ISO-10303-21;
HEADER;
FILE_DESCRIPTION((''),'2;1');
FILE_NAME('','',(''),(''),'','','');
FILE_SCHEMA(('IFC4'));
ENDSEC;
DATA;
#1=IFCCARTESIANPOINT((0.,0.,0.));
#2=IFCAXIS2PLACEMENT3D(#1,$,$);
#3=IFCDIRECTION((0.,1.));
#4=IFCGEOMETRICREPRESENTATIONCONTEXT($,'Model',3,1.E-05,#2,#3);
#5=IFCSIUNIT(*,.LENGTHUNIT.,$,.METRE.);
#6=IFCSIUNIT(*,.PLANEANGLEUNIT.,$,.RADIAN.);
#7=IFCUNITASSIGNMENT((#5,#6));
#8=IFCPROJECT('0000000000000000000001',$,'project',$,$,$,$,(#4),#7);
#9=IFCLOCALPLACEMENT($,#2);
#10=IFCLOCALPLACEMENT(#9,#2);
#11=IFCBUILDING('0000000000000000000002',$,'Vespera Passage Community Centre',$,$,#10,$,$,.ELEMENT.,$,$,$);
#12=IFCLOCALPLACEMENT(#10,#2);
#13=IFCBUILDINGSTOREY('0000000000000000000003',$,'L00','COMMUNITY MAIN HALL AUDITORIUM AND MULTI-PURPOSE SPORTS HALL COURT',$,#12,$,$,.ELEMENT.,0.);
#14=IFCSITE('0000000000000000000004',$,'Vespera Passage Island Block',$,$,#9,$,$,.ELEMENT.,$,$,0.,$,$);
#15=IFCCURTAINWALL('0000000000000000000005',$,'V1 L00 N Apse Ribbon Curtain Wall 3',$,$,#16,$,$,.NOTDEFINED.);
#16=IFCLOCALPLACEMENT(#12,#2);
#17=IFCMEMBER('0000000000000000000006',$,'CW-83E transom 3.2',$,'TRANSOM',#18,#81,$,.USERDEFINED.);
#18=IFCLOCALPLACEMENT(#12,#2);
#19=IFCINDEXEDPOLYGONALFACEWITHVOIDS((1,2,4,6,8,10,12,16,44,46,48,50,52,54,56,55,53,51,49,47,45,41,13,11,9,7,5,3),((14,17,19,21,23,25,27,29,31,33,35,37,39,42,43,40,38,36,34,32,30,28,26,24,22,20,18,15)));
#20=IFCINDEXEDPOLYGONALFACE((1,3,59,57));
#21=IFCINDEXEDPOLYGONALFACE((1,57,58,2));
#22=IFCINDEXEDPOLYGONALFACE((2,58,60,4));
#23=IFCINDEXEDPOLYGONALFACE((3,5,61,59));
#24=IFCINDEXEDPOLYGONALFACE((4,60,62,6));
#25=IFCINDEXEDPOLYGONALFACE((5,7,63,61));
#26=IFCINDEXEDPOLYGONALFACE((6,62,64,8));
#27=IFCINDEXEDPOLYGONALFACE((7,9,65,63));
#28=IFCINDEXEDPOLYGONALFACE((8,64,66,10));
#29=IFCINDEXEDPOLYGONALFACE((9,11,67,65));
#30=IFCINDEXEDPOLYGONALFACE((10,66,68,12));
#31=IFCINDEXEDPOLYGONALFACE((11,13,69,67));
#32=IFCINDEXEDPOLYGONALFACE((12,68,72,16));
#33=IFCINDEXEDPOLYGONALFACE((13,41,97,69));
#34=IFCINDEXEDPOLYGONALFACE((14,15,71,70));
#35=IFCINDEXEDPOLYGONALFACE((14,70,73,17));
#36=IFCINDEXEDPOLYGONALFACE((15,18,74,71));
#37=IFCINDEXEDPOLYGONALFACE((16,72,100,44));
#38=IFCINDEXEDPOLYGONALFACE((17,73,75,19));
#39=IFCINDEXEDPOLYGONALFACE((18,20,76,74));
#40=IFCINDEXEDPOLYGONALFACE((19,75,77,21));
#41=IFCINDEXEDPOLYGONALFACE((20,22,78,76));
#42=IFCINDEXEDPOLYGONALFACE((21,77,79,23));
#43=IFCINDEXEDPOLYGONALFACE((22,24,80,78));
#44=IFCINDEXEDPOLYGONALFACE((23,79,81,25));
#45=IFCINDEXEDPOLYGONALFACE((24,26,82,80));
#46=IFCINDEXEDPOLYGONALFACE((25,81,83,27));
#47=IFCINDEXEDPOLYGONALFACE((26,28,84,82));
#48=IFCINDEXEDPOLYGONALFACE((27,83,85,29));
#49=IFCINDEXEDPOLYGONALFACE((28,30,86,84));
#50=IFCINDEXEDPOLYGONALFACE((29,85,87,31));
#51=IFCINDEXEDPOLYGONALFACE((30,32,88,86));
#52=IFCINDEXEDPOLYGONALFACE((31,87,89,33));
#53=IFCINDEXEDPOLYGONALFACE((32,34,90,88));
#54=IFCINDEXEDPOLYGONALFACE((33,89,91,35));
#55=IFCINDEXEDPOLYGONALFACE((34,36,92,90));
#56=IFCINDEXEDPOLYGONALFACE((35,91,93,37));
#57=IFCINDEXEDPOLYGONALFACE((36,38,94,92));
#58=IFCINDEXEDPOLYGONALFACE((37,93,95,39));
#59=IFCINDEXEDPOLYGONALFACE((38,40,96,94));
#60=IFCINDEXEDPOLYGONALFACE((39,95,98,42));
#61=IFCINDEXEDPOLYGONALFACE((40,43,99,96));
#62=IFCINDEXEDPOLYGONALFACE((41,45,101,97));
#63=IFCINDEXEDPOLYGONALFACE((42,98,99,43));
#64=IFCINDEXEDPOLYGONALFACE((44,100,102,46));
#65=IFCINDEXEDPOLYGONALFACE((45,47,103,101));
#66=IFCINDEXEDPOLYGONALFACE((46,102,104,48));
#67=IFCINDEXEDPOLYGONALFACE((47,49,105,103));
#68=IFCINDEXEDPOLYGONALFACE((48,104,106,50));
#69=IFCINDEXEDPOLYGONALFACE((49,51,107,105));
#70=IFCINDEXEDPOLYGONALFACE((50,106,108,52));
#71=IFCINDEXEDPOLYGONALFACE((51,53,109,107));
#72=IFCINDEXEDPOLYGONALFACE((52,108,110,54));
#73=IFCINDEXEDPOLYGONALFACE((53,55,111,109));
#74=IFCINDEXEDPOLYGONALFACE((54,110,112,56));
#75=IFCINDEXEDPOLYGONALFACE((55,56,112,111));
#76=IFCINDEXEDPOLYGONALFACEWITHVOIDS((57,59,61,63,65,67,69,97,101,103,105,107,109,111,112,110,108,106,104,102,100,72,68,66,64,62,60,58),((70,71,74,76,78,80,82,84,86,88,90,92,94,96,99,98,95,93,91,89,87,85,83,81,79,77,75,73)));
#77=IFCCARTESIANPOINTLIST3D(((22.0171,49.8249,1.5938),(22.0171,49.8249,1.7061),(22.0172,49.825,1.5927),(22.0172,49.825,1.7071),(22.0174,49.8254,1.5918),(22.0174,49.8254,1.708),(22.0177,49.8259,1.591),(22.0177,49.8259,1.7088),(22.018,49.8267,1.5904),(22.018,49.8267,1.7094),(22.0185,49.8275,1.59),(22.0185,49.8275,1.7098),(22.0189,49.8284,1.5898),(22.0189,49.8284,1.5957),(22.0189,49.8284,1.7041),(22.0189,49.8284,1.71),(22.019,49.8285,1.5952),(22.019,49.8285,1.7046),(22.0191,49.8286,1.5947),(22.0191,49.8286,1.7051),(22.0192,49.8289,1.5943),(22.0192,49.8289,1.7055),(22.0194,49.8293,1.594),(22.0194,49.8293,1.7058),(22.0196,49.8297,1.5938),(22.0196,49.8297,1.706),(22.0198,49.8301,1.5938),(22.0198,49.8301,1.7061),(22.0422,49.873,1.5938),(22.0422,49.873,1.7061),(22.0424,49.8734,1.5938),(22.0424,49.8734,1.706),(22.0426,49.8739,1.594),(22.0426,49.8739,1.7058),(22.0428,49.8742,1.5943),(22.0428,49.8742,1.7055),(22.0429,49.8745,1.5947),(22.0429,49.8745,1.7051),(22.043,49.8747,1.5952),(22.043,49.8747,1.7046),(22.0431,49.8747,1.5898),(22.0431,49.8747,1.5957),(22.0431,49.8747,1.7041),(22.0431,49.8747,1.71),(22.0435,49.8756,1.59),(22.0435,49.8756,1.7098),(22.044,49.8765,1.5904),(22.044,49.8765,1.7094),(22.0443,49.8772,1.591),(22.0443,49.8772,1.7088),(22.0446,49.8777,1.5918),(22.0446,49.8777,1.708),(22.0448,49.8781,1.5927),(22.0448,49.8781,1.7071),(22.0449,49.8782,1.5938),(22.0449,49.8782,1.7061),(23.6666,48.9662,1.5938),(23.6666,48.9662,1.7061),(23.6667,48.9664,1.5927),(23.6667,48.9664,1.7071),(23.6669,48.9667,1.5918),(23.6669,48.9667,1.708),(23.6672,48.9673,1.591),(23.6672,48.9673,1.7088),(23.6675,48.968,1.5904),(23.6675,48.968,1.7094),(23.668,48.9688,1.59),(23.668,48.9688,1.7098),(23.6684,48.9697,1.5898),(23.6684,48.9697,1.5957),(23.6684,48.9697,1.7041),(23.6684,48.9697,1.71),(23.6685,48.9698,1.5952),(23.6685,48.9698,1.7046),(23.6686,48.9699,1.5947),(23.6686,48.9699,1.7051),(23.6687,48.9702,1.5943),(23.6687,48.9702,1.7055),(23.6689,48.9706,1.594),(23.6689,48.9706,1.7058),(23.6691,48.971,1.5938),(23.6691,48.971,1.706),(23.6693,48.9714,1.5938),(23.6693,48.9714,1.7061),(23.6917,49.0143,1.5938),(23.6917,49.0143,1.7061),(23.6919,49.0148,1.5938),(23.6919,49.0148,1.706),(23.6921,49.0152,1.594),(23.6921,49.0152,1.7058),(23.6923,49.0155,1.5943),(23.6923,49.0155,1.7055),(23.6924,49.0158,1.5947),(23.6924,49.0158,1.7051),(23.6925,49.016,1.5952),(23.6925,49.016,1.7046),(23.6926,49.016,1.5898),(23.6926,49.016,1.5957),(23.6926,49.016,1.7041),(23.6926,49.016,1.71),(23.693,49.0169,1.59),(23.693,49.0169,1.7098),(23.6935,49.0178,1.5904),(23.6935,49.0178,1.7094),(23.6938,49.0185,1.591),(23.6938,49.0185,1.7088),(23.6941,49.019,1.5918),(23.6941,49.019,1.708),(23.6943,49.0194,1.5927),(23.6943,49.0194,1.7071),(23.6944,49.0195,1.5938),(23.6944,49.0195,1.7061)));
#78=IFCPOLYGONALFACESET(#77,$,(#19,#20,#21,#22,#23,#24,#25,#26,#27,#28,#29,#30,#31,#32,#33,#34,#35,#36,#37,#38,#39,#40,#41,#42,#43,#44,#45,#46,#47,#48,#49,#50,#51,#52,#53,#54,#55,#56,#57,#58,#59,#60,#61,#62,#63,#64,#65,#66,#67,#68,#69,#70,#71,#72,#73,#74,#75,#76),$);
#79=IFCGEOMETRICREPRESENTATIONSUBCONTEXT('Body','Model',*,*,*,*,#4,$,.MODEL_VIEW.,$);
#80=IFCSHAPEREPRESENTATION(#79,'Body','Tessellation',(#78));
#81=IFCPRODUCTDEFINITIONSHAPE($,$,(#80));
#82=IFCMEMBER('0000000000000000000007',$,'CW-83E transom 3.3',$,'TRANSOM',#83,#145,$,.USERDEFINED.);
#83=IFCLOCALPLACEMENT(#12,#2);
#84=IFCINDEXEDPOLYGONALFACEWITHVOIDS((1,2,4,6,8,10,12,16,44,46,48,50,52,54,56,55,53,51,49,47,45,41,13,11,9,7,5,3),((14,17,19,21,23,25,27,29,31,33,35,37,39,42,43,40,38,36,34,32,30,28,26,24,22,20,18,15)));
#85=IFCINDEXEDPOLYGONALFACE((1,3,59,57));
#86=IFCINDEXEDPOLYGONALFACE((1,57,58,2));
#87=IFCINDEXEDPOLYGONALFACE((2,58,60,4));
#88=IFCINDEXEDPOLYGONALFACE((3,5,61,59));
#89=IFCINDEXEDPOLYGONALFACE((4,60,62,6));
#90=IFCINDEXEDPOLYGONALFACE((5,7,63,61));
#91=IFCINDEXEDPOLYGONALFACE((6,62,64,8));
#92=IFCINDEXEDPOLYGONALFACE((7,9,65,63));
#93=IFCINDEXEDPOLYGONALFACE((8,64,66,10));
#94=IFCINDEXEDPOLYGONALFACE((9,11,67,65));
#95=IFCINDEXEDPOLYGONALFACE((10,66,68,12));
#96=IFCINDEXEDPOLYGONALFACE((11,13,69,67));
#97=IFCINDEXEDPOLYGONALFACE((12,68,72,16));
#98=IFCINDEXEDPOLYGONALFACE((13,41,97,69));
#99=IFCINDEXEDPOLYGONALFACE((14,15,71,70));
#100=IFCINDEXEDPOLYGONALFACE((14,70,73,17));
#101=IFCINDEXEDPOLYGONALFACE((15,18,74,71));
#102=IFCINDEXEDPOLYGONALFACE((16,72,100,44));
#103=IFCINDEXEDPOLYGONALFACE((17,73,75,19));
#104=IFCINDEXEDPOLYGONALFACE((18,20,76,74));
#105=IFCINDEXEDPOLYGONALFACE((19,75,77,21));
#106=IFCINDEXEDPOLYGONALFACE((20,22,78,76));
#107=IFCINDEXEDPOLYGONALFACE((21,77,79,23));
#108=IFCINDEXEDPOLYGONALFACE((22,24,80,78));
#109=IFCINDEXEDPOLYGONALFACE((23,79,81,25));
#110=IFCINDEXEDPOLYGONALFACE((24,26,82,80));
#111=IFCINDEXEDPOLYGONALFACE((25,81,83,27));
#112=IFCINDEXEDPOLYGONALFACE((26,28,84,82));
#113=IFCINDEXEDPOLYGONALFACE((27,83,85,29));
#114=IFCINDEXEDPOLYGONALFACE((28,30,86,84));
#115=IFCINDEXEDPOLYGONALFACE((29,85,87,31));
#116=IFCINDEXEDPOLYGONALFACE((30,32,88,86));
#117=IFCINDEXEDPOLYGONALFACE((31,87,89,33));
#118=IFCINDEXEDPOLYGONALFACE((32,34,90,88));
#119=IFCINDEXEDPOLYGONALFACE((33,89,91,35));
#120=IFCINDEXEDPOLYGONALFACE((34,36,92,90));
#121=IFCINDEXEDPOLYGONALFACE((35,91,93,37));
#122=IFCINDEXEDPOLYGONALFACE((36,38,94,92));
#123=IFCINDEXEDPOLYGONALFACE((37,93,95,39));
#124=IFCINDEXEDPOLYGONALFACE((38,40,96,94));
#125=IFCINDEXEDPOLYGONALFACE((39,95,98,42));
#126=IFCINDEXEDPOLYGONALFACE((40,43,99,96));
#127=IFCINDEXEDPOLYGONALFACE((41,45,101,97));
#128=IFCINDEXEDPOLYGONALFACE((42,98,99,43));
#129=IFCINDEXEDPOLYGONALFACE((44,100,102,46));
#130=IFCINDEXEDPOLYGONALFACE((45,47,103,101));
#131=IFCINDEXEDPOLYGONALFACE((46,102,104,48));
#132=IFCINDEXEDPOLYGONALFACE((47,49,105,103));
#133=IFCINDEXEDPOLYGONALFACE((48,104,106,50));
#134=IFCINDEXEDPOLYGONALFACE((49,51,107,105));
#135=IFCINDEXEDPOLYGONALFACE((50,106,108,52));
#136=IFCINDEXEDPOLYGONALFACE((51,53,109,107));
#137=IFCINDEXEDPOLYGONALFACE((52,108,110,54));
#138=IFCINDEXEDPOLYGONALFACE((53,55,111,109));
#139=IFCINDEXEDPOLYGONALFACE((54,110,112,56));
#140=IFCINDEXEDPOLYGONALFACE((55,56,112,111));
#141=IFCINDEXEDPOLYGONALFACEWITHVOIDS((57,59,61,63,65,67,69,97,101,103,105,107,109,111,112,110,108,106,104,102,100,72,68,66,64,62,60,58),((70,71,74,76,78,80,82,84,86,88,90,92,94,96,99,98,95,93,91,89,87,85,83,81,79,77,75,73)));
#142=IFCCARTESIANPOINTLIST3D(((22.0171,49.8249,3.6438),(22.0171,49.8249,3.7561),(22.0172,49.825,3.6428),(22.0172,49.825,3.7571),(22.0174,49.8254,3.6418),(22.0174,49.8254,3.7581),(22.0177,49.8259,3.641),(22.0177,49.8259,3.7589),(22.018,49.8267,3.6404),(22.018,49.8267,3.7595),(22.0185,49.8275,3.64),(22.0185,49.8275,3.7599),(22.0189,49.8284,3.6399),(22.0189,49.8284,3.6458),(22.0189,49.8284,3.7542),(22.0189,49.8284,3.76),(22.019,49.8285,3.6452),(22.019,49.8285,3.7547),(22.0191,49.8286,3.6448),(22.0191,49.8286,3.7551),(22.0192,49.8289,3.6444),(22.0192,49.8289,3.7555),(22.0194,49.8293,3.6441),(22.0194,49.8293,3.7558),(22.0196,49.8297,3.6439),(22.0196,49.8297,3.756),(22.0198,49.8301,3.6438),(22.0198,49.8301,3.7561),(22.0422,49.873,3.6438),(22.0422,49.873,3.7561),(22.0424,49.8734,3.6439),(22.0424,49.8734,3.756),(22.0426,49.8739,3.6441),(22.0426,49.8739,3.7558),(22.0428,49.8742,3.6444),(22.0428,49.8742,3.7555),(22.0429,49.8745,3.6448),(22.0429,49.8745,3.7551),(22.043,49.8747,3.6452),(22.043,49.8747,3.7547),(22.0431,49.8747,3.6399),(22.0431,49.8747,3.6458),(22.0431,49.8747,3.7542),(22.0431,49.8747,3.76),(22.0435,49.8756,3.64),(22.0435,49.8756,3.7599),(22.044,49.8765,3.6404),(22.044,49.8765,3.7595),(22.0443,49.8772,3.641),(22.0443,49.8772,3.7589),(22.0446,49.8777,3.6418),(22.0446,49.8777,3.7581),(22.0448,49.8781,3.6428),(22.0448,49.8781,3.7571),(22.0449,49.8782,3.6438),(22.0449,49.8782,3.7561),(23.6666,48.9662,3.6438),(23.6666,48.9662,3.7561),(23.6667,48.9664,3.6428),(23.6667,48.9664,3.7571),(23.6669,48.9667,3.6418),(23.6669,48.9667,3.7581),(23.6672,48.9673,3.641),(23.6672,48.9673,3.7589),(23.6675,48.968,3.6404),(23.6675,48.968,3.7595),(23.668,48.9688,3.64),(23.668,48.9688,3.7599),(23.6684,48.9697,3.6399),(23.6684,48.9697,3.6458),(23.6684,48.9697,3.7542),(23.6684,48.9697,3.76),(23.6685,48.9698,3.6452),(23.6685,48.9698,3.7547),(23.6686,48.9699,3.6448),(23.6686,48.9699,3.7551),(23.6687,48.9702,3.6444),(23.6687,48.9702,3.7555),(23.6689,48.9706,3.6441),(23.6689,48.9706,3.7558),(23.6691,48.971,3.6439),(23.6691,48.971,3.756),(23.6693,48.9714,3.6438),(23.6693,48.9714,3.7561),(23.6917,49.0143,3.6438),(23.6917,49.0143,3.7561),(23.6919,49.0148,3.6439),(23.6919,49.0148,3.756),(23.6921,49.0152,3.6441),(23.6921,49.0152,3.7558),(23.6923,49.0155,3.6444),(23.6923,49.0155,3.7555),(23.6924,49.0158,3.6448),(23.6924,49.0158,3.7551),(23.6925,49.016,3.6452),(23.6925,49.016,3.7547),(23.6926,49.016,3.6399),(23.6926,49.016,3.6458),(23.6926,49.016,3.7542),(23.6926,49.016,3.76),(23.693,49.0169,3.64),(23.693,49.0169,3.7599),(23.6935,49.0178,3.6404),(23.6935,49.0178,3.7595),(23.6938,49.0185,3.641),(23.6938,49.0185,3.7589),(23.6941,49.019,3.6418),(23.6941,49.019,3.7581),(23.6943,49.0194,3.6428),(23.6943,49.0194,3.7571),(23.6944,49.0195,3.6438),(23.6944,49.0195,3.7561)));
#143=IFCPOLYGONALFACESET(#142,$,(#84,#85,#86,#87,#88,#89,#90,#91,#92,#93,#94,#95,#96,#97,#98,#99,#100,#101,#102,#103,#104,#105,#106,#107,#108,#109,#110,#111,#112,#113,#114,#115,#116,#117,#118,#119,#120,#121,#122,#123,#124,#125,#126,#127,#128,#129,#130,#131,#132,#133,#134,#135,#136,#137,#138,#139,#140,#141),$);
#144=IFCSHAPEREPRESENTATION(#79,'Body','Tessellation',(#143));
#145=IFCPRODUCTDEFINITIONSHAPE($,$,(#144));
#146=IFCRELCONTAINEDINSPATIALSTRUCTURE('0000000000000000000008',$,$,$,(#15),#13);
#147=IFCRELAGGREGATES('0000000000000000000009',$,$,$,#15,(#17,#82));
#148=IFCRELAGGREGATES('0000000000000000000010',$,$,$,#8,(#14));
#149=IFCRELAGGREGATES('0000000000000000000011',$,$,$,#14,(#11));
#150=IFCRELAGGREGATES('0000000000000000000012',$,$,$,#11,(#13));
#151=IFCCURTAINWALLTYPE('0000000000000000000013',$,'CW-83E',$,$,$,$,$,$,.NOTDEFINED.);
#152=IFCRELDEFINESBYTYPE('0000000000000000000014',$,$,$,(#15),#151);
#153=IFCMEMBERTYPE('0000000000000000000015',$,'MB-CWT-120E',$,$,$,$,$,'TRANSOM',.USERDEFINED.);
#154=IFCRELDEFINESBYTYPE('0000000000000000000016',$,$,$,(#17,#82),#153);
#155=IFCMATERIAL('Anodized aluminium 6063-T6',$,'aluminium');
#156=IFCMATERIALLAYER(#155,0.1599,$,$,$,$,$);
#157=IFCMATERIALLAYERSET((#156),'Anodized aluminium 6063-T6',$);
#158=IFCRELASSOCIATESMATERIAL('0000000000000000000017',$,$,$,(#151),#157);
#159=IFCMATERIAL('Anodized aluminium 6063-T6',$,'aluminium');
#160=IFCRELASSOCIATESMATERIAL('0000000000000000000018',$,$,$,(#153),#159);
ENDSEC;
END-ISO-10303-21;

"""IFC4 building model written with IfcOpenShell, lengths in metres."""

from ifc_helpers import new_model, si_unit, direction, frame, origin, origin_2d, place, context, subcontext, project, spatial, hollow_rectangle, extrude, material, layer, layer_set, material_profile, profile_set, type_object, element, aggregate, save


model = new_model("IFC4")

# Units and contexts
model_context = context("Model", 3, precision=1e-05, world=origin(), true_north=direction((0.0, 1.0)))
body_context = subcontext(model_context, "Body", "Model", "MODEL_VIEW")
ifc_project = project(units=[si_unit("LENGTHUNIT", "METRE"), si_unit("PLANEANGLEUNIT", "RADIAN")], contexts=[model_context])

# Site, building, storey
site_placement = place(None, origin())
site = spatial("IfcSite", under=ifc_project, at=site_placement, Name="Vespera Passage Island Block", CompositionType="ELEMENT", RefElevation=0.0)
building_placement = place(site_placement, origin())
building = spatial("IfcBuilding", under=site, at=building_placement, Name="Vespera Passage Community Centre", CompositionType="ELEMENT")
storey_placement = place(building_placement, origin())
storey = spatial("IfcBuildingStorey", under=building, at=storey_placement, Name="L00", Description="COMMUNITY MAIN HALL AUDITORIUM AND MULTI-PURPOSE SPORTS HALL COURT", CompositionType="ELEMENT", Elevation=0.0)

# Curtain wall, members
ifc_material_1 = material(Name="Anodized aluminium 6063-T6", Category="aluminium")
ifc_layer_1 = layer(ifc_material_1, 0.1599)
ifc_layer_set_1 = layer_set([ifc_layer_1], Name="Anodized aluminium 6063-T6")
curtain_wall_type = type_object("IfcCurtainWallType", Name="CW-83E", PredefinedType="NOTDEFINED", material=ifc_layer_set_1)
curtain_wall_placement = place(storey_placement, origin())
curtain_wall = element("IfcCurtainWall", 1, at=curtain_wall_placement, inside=storey, type_object=curtain_wall_type, Name="V1 L00 N Apse Ribbon Curtain Wall 3", PredefinedType="NOTDEFINED")
ifc_material_2 = material(Name="Anodized aluminium 6063-T6", Category="aluminium")
ifc_material_profile_1 = material_profile(ifc_material_2, hollow_rectangle(XDim=0.0601, YDim=0.1201, WallThickness=0.0039, InnerFilletRadius=0.002, OuterFilletRadius=0.0039, at=origin_2d()), Name="ALU120X60X4")
ifc_profile_set_1 = profile_set([ifc_material_profile_1], Name="Anodized aluminium 6063-T6")
member_type_1 = type_object("IfcMemberType", Name="MB-CWT-120E", ElementType="TRANSOM", PredefinedType="USERDEFINED", material=ifc_profile_set_1)
member_1_placement = place(storey_placement, frame((22.031, 49.8516, 1.6499), z_axis=(0.887008, -0.461754, 0.0), x_axis=(0.461754, 0.887008, 0.0)))
member_1 = element("IfcMember", 2, at=member_1_placement, type_object=member_type_1, Name="CW-83E transom 3.2", ObjectType="TRANSOM", PredefinedType="USERDEFINED", context=body_context, shape_type="SweptSolid", body=[
    extrude(hollow_rectangle(XDim=0.0601, YDim=0.1201, WallThickness=0.0039, InnerFilletRadius=0.002, OuterFilletRadius=0.0039, at=origin_2d()), origin(), (0.0, 0.0, 1.0), 1.8596),
])
member_2_placement = place(storey_placement, frame((22.031, 49.8516, 3.7), z_axis=(0.887008, -0.461754, 0.0), x_axis=(0.461754, 0.887008, 0.0)))
member_2 = element("IfcMember", 3, at=member_2_placement, type_object=member_type_1, Name="CW-83E transom 3.3", ObjectType="TRANSOM", PredefinedType="USERDEFINED", context=body_context, shape_type="SweptSolid", body=[
    extrude(hollow_rectangle(XDim=0.0601, YDim=0.1201, WallThickness=0.0039, InnerFilletRadius=0.002, OuterFilletRadius=0.0039, at=origin_2d()), origin(), (0.0, 0.0, 1.0), 1.8596),
])
aggregate(curtain_wall, [member_1, member_2])

save(model, "model.ifc")
